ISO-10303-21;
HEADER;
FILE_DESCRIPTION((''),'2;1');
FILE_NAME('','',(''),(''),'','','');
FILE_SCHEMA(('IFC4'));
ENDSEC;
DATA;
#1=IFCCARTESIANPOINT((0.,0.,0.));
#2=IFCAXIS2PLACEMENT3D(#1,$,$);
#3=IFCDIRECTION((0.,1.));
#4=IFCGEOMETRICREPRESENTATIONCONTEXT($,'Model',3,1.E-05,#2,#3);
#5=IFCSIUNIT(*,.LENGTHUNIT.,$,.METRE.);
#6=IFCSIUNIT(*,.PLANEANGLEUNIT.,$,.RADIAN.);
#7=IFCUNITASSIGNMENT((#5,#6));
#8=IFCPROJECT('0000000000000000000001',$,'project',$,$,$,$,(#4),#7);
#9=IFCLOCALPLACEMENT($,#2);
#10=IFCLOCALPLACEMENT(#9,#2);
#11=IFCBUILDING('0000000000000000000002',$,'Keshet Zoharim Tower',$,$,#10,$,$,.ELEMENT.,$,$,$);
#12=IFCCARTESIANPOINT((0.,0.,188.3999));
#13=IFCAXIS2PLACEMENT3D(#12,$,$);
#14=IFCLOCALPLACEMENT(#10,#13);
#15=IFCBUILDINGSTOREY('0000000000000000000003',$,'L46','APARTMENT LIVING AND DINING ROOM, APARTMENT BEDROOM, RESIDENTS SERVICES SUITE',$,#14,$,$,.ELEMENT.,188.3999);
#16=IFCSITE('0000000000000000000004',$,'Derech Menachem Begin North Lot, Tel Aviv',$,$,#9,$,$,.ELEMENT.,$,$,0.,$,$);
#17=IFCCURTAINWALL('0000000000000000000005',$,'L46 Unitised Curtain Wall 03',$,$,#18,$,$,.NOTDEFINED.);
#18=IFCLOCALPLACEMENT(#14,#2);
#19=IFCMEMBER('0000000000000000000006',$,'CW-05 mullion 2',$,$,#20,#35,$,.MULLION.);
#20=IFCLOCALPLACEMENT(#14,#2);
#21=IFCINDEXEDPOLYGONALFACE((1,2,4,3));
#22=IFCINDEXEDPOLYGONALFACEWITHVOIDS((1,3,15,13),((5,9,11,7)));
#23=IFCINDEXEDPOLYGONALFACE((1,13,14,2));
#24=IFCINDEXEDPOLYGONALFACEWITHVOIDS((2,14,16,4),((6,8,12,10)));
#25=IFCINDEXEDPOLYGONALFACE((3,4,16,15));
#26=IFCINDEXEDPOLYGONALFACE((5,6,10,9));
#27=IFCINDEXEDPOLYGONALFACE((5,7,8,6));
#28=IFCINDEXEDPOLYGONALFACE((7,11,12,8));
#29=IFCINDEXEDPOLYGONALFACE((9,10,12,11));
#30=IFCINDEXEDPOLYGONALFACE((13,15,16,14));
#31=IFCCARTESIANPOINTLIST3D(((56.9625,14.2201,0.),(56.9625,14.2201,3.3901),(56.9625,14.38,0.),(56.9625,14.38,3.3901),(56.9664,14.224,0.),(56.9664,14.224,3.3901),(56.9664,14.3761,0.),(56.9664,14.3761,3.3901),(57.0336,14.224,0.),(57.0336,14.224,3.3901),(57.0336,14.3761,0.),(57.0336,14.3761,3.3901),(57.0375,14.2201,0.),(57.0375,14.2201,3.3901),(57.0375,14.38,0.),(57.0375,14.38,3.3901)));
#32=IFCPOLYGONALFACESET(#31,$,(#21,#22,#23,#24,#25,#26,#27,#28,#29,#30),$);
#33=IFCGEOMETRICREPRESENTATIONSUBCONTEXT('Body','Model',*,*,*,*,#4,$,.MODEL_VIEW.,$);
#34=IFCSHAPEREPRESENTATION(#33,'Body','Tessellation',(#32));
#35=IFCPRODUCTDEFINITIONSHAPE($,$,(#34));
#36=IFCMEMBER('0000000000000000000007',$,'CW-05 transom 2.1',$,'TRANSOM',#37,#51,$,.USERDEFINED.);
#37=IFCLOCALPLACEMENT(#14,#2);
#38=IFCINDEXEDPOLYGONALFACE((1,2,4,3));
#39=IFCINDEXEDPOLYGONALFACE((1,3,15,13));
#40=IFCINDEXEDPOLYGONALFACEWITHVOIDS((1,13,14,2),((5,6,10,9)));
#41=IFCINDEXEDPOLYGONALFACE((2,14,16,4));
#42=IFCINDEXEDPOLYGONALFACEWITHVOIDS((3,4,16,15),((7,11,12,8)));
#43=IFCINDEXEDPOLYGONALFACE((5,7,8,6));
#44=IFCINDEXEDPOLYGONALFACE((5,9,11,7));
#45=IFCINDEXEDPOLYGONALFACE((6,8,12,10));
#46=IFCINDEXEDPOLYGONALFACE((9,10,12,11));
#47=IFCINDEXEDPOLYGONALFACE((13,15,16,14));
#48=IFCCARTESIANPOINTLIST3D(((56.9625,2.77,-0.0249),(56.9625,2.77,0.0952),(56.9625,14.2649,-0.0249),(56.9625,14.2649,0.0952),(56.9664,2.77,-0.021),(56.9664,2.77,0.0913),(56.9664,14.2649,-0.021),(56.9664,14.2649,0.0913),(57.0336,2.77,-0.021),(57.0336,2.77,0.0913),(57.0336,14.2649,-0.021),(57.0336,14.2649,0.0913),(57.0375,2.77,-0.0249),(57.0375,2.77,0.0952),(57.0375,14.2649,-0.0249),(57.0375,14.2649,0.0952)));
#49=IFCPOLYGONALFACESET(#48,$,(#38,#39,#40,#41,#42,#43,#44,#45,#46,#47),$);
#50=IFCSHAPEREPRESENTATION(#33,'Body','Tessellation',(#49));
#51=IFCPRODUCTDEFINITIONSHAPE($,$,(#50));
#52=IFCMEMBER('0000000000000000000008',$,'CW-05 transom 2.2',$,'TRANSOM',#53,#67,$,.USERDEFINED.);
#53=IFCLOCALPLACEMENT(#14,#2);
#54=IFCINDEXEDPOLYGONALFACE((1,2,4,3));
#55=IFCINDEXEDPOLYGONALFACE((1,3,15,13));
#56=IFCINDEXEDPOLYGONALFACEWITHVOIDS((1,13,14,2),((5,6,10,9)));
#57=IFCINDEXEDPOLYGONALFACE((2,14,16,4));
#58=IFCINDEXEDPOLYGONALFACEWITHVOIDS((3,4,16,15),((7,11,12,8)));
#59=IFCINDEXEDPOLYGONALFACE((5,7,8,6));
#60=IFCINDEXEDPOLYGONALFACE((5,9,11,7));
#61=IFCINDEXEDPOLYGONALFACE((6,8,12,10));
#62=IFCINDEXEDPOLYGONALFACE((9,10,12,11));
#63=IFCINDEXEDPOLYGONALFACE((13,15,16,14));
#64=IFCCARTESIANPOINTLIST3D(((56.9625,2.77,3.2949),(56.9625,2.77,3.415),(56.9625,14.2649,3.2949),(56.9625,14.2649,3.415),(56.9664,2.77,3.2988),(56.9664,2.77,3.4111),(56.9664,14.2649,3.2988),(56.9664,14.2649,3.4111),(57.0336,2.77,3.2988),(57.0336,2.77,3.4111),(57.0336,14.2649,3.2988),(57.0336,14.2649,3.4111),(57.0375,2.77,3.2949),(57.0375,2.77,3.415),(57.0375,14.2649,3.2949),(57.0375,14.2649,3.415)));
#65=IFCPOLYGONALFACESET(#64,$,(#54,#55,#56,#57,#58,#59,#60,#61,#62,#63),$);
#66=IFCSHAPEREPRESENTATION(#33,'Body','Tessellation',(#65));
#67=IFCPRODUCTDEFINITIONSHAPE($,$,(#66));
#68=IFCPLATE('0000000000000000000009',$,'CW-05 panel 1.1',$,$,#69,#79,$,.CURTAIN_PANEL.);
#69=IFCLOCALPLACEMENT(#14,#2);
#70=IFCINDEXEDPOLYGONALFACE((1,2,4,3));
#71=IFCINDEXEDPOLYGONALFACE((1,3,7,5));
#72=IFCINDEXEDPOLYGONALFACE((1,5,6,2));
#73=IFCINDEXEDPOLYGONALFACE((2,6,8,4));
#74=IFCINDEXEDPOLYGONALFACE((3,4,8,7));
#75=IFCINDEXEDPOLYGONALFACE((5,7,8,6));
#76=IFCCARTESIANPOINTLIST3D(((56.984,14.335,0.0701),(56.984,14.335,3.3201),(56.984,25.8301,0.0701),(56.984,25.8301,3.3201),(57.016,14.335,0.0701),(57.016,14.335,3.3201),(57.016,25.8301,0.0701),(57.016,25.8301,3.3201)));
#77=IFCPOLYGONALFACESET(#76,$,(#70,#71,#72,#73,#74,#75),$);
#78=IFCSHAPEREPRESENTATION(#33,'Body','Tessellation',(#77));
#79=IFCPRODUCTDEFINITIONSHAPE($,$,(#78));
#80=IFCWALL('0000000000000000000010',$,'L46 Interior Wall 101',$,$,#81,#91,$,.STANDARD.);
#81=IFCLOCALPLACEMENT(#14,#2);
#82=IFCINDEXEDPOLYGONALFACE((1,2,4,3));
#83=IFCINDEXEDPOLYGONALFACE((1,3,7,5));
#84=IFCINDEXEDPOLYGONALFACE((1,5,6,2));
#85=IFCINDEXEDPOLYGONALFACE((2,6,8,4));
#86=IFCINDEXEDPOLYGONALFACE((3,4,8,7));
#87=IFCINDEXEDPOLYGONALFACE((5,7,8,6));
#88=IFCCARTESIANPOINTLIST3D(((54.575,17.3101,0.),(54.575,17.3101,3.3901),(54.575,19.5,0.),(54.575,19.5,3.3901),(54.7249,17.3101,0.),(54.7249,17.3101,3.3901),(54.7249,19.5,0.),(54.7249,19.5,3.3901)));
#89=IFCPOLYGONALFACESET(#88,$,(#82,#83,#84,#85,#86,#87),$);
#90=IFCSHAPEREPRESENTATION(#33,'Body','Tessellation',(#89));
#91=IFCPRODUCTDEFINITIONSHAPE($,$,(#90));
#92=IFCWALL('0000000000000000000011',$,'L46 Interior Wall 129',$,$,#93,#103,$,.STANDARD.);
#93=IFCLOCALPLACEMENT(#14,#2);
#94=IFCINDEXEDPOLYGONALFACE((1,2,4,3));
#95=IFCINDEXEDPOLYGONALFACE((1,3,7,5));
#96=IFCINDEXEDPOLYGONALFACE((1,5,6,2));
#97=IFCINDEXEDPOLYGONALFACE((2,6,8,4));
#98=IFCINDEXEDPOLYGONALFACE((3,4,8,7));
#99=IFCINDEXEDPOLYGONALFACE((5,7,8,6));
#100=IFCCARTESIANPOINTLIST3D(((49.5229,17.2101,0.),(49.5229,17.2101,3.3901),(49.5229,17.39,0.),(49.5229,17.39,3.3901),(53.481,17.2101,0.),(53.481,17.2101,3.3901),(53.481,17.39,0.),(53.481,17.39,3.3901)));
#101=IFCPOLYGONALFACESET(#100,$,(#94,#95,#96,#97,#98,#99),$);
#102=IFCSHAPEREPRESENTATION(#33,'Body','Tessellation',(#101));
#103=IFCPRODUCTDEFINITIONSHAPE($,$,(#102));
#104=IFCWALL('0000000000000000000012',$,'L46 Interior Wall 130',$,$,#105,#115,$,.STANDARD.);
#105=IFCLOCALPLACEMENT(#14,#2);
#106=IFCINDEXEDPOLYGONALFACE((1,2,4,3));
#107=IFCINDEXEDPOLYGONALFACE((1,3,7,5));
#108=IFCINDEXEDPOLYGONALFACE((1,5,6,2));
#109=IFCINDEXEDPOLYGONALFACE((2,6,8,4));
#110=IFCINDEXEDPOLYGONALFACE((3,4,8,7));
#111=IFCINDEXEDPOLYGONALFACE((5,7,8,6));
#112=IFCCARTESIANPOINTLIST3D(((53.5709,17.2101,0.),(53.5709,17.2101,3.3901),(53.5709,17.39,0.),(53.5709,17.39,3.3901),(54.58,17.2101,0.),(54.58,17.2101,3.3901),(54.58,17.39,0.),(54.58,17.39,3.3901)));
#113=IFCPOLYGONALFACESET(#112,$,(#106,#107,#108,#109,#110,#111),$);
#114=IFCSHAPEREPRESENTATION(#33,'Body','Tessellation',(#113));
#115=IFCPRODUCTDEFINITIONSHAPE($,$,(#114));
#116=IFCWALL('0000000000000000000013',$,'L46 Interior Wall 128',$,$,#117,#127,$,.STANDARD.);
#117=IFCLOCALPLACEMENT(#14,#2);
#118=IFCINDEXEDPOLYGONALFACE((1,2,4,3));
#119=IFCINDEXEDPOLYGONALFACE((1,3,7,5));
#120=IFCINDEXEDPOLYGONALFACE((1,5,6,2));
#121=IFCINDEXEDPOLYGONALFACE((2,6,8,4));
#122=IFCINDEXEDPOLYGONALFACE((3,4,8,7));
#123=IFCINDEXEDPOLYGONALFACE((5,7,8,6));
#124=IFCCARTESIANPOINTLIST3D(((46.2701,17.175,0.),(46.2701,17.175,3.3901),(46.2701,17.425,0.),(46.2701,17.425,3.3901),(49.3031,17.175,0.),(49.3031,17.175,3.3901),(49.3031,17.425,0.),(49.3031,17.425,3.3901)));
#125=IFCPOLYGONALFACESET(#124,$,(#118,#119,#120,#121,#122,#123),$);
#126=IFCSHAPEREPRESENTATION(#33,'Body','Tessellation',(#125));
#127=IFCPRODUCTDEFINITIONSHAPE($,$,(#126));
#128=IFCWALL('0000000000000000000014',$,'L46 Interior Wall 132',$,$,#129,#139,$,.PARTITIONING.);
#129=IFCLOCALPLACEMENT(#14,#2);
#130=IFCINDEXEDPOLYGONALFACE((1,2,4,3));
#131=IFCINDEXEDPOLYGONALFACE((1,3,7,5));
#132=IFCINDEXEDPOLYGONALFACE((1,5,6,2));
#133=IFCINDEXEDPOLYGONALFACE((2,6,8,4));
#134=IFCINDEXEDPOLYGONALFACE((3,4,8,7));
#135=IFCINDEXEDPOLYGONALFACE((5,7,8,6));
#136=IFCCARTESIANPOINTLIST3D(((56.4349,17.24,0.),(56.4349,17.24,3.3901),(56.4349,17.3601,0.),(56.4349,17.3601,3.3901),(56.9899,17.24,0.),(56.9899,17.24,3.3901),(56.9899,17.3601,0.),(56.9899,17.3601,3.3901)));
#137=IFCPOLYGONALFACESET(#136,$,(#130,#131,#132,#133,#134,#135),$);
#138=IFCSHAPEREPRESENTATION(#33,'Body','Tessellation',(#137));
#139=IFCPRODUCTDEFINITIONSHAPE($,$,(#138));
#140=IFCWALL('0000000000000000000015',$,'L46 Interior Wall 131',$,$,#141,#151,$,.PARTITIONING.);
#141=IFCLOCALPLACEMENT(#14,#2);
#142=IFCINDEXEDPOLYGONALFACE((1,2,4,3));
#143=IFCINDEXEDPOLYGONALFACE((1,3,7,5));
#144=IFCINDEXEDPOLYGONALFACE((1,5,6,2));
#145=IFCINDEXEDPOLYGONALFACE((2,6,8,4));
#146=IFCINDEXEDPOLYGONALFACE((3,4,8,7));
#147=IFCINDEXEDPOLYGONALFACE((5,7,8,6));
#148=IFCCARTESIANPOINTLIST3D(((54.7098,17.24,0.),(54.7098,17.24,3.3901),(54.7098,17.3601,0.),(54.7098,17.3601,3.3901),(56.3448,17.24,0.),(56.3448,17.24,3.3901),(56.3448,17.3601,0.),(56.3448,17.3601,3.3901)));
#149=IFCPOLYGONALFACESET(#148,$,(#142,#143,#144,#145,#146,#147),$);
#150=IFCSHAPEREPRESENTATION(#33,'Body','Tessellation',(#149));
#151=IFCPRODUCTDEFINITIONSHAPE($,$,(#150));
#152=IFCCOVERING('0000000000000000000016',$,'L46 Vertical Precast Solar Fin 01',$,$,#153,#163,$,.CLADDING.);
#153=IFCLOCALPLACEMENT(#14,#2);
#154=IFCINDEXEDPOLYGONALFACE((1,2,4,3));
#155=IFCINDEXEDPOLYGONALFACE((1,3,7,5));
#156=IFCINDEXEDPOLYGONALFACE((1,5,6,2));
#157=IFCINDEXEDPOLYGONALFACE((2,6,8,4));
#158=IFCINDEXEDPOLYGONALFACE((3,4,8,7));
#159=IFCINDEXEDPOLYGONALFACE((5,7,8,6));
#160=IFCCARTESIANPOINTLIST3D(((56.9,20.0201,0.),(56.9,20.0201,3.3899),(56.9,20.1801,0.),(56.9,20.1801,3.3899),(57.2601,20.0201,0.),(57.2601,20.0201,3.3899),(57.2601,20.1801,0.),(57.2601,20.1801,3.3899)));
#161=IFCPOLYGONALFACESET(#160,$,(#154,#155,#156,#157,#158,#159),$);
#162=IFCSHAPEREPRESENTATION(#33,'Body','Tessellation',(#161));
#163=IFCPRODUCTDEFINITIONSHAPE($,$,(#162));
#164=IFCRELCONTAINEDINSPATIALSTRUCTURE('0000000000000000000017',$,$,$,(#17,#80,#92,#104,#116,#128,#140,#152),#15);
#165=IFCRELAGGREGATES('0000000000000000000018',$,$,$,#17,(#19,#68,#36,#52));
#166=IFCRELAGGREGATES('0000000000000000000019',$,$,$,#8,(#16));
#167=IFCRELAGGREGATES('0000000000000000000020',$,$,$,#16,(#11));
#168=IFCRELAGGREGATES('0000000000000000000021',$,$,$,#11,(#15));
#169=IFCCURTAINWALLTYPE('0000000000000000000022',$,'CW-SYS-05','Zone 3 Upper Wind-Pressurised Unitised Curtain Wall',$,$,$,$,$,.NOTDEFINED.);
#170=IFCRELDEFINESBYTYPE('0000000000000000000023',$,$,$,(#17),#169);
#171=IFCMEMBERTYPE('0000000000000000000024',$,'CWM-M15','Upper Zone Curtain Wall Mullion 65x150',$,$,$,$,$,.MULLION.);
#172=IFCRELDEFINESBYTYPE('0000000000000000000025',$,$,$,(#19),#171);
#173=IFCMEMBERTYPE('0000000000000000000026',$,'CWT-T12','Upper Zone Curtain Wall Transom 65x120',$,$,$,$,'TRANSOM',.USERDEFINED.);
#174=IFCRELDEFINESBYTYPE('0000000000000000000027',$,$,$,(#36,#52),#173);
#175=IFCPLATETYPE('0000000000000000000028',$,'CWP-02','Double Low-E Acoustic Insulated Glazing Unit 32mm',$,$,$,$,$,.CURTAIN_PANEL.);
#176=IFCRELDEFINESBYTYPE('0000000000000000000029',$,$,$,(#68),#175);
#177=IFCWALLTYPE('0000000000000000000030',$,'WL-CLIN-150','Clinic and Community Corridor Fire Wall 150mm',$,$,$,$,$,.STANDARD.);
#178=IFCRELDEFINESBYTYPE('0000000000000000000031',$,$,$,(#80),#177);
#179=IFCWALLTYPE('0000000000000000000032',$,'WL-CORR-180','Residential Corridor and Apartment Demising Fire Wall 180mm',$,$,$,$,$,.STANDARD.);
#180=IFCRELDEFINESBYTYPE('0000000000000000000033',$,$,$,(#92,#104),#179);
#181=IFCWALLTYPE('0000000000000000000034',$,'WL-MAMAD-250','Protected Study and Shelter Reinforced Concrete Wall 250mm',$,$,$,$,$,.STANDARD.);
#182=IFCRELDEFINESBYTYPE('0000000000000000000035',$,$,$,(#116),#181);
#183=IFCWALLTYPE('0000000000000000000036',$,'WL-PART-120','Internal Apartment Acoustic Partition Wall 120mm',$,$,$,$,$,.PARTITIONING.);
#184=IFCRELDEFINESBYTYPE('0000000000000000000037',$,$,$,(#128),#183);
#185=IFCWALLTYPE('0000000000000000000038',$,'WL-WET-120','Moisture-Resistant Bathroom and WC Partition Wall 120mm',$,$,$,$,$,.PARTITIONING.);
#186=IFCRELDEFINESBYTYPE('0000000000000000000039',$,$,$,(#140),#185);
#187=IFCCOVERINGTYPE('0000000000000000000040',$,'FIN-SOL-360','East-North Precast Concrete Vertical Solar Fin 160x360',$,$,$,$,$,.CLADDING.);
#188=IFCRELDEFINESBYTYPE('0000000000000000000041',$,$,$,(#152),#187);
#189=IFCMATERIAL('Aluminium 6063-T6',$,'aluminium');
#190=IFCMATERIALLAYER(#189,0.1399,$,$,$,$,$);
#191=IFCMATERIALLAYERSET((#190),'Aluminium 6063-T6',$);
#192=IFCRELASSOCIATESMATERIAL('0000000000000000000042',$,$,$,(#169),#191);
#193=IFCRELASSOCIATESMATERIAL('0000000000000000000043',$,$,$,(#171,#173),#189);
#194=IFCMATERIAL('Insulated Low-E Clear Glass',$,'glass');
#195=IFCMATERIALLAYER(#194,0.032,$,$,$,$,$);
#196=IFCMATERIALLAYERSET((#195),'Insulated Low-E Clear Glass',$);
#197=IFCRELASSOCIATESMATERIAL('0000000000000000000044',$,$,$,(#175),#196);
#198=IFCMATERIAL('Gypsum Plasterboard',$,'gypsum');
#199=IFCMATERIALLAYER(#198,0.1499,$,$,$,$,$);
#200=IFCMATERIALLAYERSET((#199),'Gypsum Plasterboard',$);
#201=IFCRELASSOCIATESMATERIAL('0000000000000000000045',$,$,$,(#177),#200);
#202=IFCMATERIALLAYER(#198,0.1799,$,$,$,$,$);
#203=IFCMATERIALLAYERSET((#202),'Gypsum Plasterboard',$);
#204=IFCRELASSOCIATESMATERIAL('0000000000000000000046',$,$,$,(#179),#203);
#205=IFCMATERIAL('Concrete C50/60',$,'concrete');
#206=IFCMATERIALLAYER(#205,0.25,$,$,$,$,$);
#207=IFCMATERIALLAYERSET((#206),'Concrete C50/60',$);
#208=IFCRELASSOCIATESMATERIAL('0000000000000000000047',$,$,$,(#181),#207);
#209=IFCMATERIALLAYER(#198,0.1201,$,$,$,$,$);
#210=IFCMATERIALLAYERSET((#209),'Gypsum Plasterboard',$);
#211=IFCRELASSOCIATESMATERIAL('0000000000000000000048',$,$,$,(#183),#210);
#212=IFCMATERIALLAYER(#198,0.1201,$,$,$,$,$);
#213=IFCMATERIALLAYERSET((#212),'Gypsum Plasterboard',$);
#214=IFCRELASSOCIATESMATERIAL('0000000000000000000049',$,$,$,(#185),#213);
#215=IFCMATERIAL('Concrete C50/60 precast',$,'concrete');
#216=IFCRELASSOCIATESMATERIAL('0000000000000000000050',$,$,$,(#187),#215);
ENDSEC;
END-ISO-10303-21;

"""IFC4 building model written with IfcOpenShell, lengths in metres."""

from ifc_helpers import new_model, si_unit, direction, frame, frame_2d, origin, origin_2d, place, context, subcontext, project, spatial, rectangle, hollow_rectangle, extrude, material, layer, layer_set, material_profile, profile_set, type_object, element, aggregate, save


model = new_model("IFC4")

# Units and contexts
model_context = context("Model", 3, precision=1e-05, world=origin(), true_north=direction((0.0, 1.0)))
body_context = subcontext(model_context, "Body", "Model", "MODEL_VIEW")
ifc_project = project(units=[si_unit("LENGTHUNIT", "METRE"), si_unit("PLANEANGLEUNIT", "RADIAN")], contexts=[model_context])

# Site, building, storey
site_placement = place(None, origin())
site = spatial("IfcSite", under=ifc_project, at=site_placement, Name="Derech Menachem Begin North Lot, Tel Aviv", CompositionType="ELEMENT", RefElevation=0.0)
building_placement = place(site_placement, origin())
building = spatial("IfcBuilding", under=site, at=building_placement, Name="Keshet Zoharim Tower", CompositionType="ELEMENT")
storey_placement = place(building_placement, frame((0.0, 0.0, 188.3999)))
storey = spatial("IfcBuildingStorey", under=building, at=storey_placement, Name="L46", Description="APARTMENT LIVING AND DINING ROOM, APARTMENT BEDROOM, RESIDENTS SERVICES SUITE", CompositionType="ELEMENT", Elevation=188.3999)

# Curtain wall, members, plate
ifc_material_1 = material(Name="Aluminium 6063-T6", Category="aluminium")
ifc_layer_1 = layer(ifc_material_1, 0.1399)
ifc_layer_set_1 = layer_set([ifc_layer_1], Name="Aluminium 6063-T6")
curtain_wall_type = type_object("IfcCurtainWallType", Name="CW-SYS-05", Description="Zone 3 Upper Wind-Pressurised Unitised Curtain Wall", PredefinedType="NOTDEFINED", material=ifc_layer_set_1)
curtain_wall_placement = place(storey_placement, origin())
curtain_wall = element("IfcCurtainWall", 1, at=curtain_wall_placement, inside=storey, type_object=curtain_wall_type, Name="L46 Unitised Curtain Wall 03", PredefinedType="NOTDEFINED")
ifc_material_profile_1 = material_profile(ifc_material_1, hollow_rectangle(XDim=0.075, YDim=0.1599, WallThickness=0.0039, at=origin_2d()), Name="MUL-75x160")
ifc_profile_set_1 = profile_set([ifc_material_profile_1], Name="Aluminium 6063-T6")
member_type_1 = type_object("IfcMemberType", Name="CWM-M15", Description="Upper Zone Curtain Wall Mullion 65x150", PredefinedType="MULLION", material=ifc_profile_set_1)
member_1_placement = place(storey_placement, frame((57.0, 14.3, 0.0), z_axis=(0.0, 0.0, 1.0), x_axis=(1.0, 0.0, 0.0)))
member_1 = element("IfcMember", 2, at=member_1_placement, type_object=member_type_1, Name="CW-05 mullion 2", PredefinedType="MULLION", context=body_context, shape_type="SweptSolid", body=[
    extrude(hollow_rectangle(XDim=0.075, YDim=0.1599, WallThickness=0.0039, at=origin_2d()), origin(), (0.0, 0.0, 1.0), 3.3901),
])
ifc_material_profile_2 = material_profile(ifc_material_1, hollow_rectangle(XDim=0.075, YDim=0.1201, WallThickness=0.0039, at=origin_2d()), Name="TRN-75x120")
ifc_profile_set_2 = profile_set([ifc_material_profile_2], Name="Aluminium 6063-T6")
member_type_2 = type_object("IfcMemberType", Name="CWT-T12", Description="Upper Zone Curtain Wall Transom 65x120", ElementType="TRANSOM", PredefinedType="USERDEFINED", material=ifc_profile_set_2)
member_2_placement = place(storey_placement, frame((57.0, 14.2649, 0.0352), z_axis=(0.0, -1.0, 0.0), x_axis=(1.0, 0.0, 0.0)))
member_2 = element("IfcMember", 3, at=member_2_placement, type_object=member_type_2, Name="CW-05 transom 2.1", ObjectType="TRANSOM", PredefinedType="USERDEFINED", context=body_context, shape_type="SweptSolid", body=[
    extrude(hollow_rectangle(XDim=0.075, YDim=0.1201, WallThickness=0.0039, at=origin_2d()), origin(), (0.0, 0.0, 1.0), 11.4949),
])
member_3_placement = place(storey_placement, frame((57.0, 14.2649, 3.355), z_axis=(0.0, -1.0, 0.0), x_axis=(1.0, 0.0, 0.0)))
member_3 = element("IfcMember", 4, at=member_3_placement, type_object=member_type_2, Name="CW-05 transom 2.2", ObjectType="TRANSOM", PredefinedType="USERDEFINED", context=body_context, shape_type="SweptSolid", body=[
    extrude(hollow_rectangle(XDim=0.075, YDim=0.1201, WallThickness=0.0039, at=origin_2d()), origin(), (0.0, 0.0, 1.0), 11.4949),
])
ifc_material_2 = material(Name="Insulated Low-E Clear Glass", Category="glass")
ifc_layer_2 = layer(ifc_material_2, 0.032)
ifc_layer_set_2 = layer_set([ifc_layer_2], Name="Insulated Low-E Clear Glass")
plate_type = type_object("IfcPlateType", Name="CWP-02", Description="Double Low-E Acoustic Insulated Glazing Unit 32mm", PredefinedType="CURTAIN_PANEL", material=ifc_layer_set_2)
plate_placement = place(storey_placement, frame((57.0, 20.0825, 0.0701), z_axis=(0.0, 0.0, 1.0), x_axis=(0.0, -1.0, 0.0)))
plate = element("IfcPlate", 5, at=plate_placement, type_object=plate_type, Name="CW-05 panel 1.1", PredefinedType="CURTAIN_PANEL", context=body_context, shape_type="SweptSolid", body=[
    extrude(rectangle(XDim=11.4951, YDim=0.032, at=origin_2d()), origin(), (0.0, 0.0, 1.0), 3.25),
])
aggregate(curtain_wall, [member_1, plate, member_2, member_3])

# Walls
ifc_material_3 = material(Name="Gypsum Plasterboard", Category="gypsum")
ifc_layer_3 = layer(ifc_material_3, 0.1499)
ifc_layer_set_3 = layer_set([ifc_layer_3], Name="Gypsum Plasterboard")
wall_type_1 = type_object("IfcWallType", Name="WL-CLIN-150", Description="Clinic and Community Corridor Fire Wall 150mm", PredefinedType="STANDARD", material=ifc_layer_set_3)
wall_1_placement = place(storey_placement, frame((54.6499, 17.3101, 0.0), z_axis=(0.0, 0.0, 1.0), x_axis=(0.0, 1.0, 0.0)))
element("IfcWall", 6, at=wall_1_placement, inside=storey, type_object=wall_type_1, Name="L46 Interior Wall 101", PredefinedType="STANDARD", context=body_context, shape_type="SweptSolid", body=[
    extrude(rectangle(XDim=2.1899, YDim=0.1499, at=frame_2d((1.095, 0.0))), origin(), (0.0, 0.0, 1.0), 3.3901),
])
ifc_layer_4 = layer(ifc_material_3, 0.1799)
ifc_layer_set_4 = layer_set([ifc_layer_4], Name="Gypsum Plasterboard")
wall_type_2 = type_object("IfcWallType", Name="WL-CORR-180", Description="Residential Corridor and Apartment Demising Fire Wall 180mm", PredefinedType="STANDARD", material=ifc_layer_set_4)
wall_2_placement = place(storey_placement, frame((49.5229, 17.3, 0.0), z_axis=(0.0, 0.0, 1.0), x_axis=(1.0, 0.0, 0.0)))
element("IfcWall", 7, at=wall_2_placement, inside=storey, type_object=wall_type_2, Name="L46 Interior Wall 129", PredefinedType="STANDARD", context=body_context, shape_type="SweptSolid", body=[
    extrude(rectangle(XDim=3.958, YDim=0.1799, at=frame_2d((1.979, 0.0))), origin(), (0.0, 0.0, 1.0), 3.3901),
])
wall_3_placement = place(storey_placement, frame((53.571, 17.3, 0.0), z_axis=(0.0, 0.0, 1.0), x_axis=(1.0, 0.0, 0.0)))
element("IfcWall", 8, at=wall_3_placement, inside=storey, type_object=wall_type_2, Name="L46 Interior Wall 130", PredefinedType="STANDARD", context=body_context, shape_type="SweptSolid", body=[
    extrude(rectangle(XDim=1.009, YDim=0.1799, at=frame_2d((0.5044, 0.0))), origin(), (0.0, 0.0, 1.0), 3.3901),
])
ifc_material_4 = material(Name="Concrete C50/60", Category="concrete")
ifc_layer_5 = layer(ifc_material_4, 0.25)
ifc_layer_set_5 = layer_set([ifc_layer_5], Name="Concrete C50/60")
wall_type_3 = type_object("IfcWallType", Name="WL-MAMAD-250", Description="Protected Study and Shelter Reinforced Concrete Wall 250mm", PredefinedType="STANDARD", material=ifc_layer_set_5)
wall_4_placement = place(storey_placement, frame((46.27, 17.3, 0.0), z_axis=(0.0, 0.0, 1.0), x_axis=(1.0, 0.0, 0.0)))
element("IfcWall", 9, at=wall_4_placement, inside=storey, type_object=wall_type_3, Name="L46 Interior Wall 128", PredefinedType="STANDARD", context=body_context, shape_type="SweptSolid", body=[
    extrude(rectangle(XDim=3.033, YDim=0.25, at=frame_2d((1.5166, 0.0))), origin(), (0.0, 0.0, 1.0), 3.3901),
])
ifc_layer_6 = layer(ifc_material_3, 0.1201)
ifc_layer_set_6 = layer_set([ifc_layer_6], Name="Gypsum Plasterboard")
wall_type_4 = type_object("IfcWallType", Name="WL-PART-120", Description="Internal Apartment Acoustic Partition Wall 120mm", PredefinedType="PARTITIONING", material=ifc_layer_set_6)
wall_5_placement = place(storey_placement, frame((56.4351, 17.3, 0.0), z_axis=(0.0, 0.0, 1.0), x_axis=(1.0, 0.0, 0.0)))
element("IfcWall", 10, at=wall_5_placement, inside=storey, type_object=wall_type_4, Name="L46 Interior Wall 132", PredefinedType="PARTITIONING", context=body_context, shape_type="SweptSolid", body=[
    extrude(rectangle(XDim=0.5549, YDim=0.1201, at=frame_2d((0.2773, 0.0))), origin(), (0.0, 0.0, 1.0), 3.3901),
])
ifc_layer_7 = layer(ifc_material_3, 0.1201)
ifc_layer_set_7 = layer_set([ifc_layer_7], Name="Gypsum Plasterboard")
wall_type_5 = type_object("IfcWallType", Name="WL-WET-120", Description="Moisture-Resistant Bathroom and WC Partition Wall 120mm", PredefinedType="PARTITIONING", material=ifc_layer_set_7)
wall_6_placement = place(storey_placement, frame((54.71, 17.3, 0.0), z_axis=(0.0, 0.0, 1.0), x_axis=(1.0, 0.0, 0.0)))
element("IfcWall", 11, at=wall_6_placement, inside=storey, type_object=wall_type_5, Name="L46 Interior Wall 131", PredefinedType="PARTITIONING", context=body_context, shape_type="SweptSolid", body=[
    extrude(rectangle(XDim=1.635, YDim=0.1201, at=frame_2d((0.8174, 0.0))), origin(), (0.0, 0.0, 1.0), 3.3901),
])

# Covering
ifc_material_5 = material(Name="Concrete C50/60 precast", Category="concrete")
covering_type = type_object("IfcCoveringType", Name="FIN-SOL-360", Description="East-North Precast Concrete Vertical Solar Fin 160x360", PredefinedType="CLADDING", material=ifc_material_5)
covering_placement = place(storey_placement, frame((57.0801, 20.1001, 0.0), z_axis=(0.0, 0.0, 1.0), x_axis=(0.0, -1.0, 0.0)))
element("IfcCovering", 12, at=covering_placement, inside=storey, type_object=covering_type, Name="L46 Vertical Precast Solar Fin 01", PredefinedType="CLADDING", context=body_context, shape_type="SweptSolid", body=[
    extrude(rectangle(XDim=0.1599, YDim=0.3601, at=origin_2d()), origin(), (0.0, 0.0, 1.0), 3.3899),
])

save(model, "model.ifc")
